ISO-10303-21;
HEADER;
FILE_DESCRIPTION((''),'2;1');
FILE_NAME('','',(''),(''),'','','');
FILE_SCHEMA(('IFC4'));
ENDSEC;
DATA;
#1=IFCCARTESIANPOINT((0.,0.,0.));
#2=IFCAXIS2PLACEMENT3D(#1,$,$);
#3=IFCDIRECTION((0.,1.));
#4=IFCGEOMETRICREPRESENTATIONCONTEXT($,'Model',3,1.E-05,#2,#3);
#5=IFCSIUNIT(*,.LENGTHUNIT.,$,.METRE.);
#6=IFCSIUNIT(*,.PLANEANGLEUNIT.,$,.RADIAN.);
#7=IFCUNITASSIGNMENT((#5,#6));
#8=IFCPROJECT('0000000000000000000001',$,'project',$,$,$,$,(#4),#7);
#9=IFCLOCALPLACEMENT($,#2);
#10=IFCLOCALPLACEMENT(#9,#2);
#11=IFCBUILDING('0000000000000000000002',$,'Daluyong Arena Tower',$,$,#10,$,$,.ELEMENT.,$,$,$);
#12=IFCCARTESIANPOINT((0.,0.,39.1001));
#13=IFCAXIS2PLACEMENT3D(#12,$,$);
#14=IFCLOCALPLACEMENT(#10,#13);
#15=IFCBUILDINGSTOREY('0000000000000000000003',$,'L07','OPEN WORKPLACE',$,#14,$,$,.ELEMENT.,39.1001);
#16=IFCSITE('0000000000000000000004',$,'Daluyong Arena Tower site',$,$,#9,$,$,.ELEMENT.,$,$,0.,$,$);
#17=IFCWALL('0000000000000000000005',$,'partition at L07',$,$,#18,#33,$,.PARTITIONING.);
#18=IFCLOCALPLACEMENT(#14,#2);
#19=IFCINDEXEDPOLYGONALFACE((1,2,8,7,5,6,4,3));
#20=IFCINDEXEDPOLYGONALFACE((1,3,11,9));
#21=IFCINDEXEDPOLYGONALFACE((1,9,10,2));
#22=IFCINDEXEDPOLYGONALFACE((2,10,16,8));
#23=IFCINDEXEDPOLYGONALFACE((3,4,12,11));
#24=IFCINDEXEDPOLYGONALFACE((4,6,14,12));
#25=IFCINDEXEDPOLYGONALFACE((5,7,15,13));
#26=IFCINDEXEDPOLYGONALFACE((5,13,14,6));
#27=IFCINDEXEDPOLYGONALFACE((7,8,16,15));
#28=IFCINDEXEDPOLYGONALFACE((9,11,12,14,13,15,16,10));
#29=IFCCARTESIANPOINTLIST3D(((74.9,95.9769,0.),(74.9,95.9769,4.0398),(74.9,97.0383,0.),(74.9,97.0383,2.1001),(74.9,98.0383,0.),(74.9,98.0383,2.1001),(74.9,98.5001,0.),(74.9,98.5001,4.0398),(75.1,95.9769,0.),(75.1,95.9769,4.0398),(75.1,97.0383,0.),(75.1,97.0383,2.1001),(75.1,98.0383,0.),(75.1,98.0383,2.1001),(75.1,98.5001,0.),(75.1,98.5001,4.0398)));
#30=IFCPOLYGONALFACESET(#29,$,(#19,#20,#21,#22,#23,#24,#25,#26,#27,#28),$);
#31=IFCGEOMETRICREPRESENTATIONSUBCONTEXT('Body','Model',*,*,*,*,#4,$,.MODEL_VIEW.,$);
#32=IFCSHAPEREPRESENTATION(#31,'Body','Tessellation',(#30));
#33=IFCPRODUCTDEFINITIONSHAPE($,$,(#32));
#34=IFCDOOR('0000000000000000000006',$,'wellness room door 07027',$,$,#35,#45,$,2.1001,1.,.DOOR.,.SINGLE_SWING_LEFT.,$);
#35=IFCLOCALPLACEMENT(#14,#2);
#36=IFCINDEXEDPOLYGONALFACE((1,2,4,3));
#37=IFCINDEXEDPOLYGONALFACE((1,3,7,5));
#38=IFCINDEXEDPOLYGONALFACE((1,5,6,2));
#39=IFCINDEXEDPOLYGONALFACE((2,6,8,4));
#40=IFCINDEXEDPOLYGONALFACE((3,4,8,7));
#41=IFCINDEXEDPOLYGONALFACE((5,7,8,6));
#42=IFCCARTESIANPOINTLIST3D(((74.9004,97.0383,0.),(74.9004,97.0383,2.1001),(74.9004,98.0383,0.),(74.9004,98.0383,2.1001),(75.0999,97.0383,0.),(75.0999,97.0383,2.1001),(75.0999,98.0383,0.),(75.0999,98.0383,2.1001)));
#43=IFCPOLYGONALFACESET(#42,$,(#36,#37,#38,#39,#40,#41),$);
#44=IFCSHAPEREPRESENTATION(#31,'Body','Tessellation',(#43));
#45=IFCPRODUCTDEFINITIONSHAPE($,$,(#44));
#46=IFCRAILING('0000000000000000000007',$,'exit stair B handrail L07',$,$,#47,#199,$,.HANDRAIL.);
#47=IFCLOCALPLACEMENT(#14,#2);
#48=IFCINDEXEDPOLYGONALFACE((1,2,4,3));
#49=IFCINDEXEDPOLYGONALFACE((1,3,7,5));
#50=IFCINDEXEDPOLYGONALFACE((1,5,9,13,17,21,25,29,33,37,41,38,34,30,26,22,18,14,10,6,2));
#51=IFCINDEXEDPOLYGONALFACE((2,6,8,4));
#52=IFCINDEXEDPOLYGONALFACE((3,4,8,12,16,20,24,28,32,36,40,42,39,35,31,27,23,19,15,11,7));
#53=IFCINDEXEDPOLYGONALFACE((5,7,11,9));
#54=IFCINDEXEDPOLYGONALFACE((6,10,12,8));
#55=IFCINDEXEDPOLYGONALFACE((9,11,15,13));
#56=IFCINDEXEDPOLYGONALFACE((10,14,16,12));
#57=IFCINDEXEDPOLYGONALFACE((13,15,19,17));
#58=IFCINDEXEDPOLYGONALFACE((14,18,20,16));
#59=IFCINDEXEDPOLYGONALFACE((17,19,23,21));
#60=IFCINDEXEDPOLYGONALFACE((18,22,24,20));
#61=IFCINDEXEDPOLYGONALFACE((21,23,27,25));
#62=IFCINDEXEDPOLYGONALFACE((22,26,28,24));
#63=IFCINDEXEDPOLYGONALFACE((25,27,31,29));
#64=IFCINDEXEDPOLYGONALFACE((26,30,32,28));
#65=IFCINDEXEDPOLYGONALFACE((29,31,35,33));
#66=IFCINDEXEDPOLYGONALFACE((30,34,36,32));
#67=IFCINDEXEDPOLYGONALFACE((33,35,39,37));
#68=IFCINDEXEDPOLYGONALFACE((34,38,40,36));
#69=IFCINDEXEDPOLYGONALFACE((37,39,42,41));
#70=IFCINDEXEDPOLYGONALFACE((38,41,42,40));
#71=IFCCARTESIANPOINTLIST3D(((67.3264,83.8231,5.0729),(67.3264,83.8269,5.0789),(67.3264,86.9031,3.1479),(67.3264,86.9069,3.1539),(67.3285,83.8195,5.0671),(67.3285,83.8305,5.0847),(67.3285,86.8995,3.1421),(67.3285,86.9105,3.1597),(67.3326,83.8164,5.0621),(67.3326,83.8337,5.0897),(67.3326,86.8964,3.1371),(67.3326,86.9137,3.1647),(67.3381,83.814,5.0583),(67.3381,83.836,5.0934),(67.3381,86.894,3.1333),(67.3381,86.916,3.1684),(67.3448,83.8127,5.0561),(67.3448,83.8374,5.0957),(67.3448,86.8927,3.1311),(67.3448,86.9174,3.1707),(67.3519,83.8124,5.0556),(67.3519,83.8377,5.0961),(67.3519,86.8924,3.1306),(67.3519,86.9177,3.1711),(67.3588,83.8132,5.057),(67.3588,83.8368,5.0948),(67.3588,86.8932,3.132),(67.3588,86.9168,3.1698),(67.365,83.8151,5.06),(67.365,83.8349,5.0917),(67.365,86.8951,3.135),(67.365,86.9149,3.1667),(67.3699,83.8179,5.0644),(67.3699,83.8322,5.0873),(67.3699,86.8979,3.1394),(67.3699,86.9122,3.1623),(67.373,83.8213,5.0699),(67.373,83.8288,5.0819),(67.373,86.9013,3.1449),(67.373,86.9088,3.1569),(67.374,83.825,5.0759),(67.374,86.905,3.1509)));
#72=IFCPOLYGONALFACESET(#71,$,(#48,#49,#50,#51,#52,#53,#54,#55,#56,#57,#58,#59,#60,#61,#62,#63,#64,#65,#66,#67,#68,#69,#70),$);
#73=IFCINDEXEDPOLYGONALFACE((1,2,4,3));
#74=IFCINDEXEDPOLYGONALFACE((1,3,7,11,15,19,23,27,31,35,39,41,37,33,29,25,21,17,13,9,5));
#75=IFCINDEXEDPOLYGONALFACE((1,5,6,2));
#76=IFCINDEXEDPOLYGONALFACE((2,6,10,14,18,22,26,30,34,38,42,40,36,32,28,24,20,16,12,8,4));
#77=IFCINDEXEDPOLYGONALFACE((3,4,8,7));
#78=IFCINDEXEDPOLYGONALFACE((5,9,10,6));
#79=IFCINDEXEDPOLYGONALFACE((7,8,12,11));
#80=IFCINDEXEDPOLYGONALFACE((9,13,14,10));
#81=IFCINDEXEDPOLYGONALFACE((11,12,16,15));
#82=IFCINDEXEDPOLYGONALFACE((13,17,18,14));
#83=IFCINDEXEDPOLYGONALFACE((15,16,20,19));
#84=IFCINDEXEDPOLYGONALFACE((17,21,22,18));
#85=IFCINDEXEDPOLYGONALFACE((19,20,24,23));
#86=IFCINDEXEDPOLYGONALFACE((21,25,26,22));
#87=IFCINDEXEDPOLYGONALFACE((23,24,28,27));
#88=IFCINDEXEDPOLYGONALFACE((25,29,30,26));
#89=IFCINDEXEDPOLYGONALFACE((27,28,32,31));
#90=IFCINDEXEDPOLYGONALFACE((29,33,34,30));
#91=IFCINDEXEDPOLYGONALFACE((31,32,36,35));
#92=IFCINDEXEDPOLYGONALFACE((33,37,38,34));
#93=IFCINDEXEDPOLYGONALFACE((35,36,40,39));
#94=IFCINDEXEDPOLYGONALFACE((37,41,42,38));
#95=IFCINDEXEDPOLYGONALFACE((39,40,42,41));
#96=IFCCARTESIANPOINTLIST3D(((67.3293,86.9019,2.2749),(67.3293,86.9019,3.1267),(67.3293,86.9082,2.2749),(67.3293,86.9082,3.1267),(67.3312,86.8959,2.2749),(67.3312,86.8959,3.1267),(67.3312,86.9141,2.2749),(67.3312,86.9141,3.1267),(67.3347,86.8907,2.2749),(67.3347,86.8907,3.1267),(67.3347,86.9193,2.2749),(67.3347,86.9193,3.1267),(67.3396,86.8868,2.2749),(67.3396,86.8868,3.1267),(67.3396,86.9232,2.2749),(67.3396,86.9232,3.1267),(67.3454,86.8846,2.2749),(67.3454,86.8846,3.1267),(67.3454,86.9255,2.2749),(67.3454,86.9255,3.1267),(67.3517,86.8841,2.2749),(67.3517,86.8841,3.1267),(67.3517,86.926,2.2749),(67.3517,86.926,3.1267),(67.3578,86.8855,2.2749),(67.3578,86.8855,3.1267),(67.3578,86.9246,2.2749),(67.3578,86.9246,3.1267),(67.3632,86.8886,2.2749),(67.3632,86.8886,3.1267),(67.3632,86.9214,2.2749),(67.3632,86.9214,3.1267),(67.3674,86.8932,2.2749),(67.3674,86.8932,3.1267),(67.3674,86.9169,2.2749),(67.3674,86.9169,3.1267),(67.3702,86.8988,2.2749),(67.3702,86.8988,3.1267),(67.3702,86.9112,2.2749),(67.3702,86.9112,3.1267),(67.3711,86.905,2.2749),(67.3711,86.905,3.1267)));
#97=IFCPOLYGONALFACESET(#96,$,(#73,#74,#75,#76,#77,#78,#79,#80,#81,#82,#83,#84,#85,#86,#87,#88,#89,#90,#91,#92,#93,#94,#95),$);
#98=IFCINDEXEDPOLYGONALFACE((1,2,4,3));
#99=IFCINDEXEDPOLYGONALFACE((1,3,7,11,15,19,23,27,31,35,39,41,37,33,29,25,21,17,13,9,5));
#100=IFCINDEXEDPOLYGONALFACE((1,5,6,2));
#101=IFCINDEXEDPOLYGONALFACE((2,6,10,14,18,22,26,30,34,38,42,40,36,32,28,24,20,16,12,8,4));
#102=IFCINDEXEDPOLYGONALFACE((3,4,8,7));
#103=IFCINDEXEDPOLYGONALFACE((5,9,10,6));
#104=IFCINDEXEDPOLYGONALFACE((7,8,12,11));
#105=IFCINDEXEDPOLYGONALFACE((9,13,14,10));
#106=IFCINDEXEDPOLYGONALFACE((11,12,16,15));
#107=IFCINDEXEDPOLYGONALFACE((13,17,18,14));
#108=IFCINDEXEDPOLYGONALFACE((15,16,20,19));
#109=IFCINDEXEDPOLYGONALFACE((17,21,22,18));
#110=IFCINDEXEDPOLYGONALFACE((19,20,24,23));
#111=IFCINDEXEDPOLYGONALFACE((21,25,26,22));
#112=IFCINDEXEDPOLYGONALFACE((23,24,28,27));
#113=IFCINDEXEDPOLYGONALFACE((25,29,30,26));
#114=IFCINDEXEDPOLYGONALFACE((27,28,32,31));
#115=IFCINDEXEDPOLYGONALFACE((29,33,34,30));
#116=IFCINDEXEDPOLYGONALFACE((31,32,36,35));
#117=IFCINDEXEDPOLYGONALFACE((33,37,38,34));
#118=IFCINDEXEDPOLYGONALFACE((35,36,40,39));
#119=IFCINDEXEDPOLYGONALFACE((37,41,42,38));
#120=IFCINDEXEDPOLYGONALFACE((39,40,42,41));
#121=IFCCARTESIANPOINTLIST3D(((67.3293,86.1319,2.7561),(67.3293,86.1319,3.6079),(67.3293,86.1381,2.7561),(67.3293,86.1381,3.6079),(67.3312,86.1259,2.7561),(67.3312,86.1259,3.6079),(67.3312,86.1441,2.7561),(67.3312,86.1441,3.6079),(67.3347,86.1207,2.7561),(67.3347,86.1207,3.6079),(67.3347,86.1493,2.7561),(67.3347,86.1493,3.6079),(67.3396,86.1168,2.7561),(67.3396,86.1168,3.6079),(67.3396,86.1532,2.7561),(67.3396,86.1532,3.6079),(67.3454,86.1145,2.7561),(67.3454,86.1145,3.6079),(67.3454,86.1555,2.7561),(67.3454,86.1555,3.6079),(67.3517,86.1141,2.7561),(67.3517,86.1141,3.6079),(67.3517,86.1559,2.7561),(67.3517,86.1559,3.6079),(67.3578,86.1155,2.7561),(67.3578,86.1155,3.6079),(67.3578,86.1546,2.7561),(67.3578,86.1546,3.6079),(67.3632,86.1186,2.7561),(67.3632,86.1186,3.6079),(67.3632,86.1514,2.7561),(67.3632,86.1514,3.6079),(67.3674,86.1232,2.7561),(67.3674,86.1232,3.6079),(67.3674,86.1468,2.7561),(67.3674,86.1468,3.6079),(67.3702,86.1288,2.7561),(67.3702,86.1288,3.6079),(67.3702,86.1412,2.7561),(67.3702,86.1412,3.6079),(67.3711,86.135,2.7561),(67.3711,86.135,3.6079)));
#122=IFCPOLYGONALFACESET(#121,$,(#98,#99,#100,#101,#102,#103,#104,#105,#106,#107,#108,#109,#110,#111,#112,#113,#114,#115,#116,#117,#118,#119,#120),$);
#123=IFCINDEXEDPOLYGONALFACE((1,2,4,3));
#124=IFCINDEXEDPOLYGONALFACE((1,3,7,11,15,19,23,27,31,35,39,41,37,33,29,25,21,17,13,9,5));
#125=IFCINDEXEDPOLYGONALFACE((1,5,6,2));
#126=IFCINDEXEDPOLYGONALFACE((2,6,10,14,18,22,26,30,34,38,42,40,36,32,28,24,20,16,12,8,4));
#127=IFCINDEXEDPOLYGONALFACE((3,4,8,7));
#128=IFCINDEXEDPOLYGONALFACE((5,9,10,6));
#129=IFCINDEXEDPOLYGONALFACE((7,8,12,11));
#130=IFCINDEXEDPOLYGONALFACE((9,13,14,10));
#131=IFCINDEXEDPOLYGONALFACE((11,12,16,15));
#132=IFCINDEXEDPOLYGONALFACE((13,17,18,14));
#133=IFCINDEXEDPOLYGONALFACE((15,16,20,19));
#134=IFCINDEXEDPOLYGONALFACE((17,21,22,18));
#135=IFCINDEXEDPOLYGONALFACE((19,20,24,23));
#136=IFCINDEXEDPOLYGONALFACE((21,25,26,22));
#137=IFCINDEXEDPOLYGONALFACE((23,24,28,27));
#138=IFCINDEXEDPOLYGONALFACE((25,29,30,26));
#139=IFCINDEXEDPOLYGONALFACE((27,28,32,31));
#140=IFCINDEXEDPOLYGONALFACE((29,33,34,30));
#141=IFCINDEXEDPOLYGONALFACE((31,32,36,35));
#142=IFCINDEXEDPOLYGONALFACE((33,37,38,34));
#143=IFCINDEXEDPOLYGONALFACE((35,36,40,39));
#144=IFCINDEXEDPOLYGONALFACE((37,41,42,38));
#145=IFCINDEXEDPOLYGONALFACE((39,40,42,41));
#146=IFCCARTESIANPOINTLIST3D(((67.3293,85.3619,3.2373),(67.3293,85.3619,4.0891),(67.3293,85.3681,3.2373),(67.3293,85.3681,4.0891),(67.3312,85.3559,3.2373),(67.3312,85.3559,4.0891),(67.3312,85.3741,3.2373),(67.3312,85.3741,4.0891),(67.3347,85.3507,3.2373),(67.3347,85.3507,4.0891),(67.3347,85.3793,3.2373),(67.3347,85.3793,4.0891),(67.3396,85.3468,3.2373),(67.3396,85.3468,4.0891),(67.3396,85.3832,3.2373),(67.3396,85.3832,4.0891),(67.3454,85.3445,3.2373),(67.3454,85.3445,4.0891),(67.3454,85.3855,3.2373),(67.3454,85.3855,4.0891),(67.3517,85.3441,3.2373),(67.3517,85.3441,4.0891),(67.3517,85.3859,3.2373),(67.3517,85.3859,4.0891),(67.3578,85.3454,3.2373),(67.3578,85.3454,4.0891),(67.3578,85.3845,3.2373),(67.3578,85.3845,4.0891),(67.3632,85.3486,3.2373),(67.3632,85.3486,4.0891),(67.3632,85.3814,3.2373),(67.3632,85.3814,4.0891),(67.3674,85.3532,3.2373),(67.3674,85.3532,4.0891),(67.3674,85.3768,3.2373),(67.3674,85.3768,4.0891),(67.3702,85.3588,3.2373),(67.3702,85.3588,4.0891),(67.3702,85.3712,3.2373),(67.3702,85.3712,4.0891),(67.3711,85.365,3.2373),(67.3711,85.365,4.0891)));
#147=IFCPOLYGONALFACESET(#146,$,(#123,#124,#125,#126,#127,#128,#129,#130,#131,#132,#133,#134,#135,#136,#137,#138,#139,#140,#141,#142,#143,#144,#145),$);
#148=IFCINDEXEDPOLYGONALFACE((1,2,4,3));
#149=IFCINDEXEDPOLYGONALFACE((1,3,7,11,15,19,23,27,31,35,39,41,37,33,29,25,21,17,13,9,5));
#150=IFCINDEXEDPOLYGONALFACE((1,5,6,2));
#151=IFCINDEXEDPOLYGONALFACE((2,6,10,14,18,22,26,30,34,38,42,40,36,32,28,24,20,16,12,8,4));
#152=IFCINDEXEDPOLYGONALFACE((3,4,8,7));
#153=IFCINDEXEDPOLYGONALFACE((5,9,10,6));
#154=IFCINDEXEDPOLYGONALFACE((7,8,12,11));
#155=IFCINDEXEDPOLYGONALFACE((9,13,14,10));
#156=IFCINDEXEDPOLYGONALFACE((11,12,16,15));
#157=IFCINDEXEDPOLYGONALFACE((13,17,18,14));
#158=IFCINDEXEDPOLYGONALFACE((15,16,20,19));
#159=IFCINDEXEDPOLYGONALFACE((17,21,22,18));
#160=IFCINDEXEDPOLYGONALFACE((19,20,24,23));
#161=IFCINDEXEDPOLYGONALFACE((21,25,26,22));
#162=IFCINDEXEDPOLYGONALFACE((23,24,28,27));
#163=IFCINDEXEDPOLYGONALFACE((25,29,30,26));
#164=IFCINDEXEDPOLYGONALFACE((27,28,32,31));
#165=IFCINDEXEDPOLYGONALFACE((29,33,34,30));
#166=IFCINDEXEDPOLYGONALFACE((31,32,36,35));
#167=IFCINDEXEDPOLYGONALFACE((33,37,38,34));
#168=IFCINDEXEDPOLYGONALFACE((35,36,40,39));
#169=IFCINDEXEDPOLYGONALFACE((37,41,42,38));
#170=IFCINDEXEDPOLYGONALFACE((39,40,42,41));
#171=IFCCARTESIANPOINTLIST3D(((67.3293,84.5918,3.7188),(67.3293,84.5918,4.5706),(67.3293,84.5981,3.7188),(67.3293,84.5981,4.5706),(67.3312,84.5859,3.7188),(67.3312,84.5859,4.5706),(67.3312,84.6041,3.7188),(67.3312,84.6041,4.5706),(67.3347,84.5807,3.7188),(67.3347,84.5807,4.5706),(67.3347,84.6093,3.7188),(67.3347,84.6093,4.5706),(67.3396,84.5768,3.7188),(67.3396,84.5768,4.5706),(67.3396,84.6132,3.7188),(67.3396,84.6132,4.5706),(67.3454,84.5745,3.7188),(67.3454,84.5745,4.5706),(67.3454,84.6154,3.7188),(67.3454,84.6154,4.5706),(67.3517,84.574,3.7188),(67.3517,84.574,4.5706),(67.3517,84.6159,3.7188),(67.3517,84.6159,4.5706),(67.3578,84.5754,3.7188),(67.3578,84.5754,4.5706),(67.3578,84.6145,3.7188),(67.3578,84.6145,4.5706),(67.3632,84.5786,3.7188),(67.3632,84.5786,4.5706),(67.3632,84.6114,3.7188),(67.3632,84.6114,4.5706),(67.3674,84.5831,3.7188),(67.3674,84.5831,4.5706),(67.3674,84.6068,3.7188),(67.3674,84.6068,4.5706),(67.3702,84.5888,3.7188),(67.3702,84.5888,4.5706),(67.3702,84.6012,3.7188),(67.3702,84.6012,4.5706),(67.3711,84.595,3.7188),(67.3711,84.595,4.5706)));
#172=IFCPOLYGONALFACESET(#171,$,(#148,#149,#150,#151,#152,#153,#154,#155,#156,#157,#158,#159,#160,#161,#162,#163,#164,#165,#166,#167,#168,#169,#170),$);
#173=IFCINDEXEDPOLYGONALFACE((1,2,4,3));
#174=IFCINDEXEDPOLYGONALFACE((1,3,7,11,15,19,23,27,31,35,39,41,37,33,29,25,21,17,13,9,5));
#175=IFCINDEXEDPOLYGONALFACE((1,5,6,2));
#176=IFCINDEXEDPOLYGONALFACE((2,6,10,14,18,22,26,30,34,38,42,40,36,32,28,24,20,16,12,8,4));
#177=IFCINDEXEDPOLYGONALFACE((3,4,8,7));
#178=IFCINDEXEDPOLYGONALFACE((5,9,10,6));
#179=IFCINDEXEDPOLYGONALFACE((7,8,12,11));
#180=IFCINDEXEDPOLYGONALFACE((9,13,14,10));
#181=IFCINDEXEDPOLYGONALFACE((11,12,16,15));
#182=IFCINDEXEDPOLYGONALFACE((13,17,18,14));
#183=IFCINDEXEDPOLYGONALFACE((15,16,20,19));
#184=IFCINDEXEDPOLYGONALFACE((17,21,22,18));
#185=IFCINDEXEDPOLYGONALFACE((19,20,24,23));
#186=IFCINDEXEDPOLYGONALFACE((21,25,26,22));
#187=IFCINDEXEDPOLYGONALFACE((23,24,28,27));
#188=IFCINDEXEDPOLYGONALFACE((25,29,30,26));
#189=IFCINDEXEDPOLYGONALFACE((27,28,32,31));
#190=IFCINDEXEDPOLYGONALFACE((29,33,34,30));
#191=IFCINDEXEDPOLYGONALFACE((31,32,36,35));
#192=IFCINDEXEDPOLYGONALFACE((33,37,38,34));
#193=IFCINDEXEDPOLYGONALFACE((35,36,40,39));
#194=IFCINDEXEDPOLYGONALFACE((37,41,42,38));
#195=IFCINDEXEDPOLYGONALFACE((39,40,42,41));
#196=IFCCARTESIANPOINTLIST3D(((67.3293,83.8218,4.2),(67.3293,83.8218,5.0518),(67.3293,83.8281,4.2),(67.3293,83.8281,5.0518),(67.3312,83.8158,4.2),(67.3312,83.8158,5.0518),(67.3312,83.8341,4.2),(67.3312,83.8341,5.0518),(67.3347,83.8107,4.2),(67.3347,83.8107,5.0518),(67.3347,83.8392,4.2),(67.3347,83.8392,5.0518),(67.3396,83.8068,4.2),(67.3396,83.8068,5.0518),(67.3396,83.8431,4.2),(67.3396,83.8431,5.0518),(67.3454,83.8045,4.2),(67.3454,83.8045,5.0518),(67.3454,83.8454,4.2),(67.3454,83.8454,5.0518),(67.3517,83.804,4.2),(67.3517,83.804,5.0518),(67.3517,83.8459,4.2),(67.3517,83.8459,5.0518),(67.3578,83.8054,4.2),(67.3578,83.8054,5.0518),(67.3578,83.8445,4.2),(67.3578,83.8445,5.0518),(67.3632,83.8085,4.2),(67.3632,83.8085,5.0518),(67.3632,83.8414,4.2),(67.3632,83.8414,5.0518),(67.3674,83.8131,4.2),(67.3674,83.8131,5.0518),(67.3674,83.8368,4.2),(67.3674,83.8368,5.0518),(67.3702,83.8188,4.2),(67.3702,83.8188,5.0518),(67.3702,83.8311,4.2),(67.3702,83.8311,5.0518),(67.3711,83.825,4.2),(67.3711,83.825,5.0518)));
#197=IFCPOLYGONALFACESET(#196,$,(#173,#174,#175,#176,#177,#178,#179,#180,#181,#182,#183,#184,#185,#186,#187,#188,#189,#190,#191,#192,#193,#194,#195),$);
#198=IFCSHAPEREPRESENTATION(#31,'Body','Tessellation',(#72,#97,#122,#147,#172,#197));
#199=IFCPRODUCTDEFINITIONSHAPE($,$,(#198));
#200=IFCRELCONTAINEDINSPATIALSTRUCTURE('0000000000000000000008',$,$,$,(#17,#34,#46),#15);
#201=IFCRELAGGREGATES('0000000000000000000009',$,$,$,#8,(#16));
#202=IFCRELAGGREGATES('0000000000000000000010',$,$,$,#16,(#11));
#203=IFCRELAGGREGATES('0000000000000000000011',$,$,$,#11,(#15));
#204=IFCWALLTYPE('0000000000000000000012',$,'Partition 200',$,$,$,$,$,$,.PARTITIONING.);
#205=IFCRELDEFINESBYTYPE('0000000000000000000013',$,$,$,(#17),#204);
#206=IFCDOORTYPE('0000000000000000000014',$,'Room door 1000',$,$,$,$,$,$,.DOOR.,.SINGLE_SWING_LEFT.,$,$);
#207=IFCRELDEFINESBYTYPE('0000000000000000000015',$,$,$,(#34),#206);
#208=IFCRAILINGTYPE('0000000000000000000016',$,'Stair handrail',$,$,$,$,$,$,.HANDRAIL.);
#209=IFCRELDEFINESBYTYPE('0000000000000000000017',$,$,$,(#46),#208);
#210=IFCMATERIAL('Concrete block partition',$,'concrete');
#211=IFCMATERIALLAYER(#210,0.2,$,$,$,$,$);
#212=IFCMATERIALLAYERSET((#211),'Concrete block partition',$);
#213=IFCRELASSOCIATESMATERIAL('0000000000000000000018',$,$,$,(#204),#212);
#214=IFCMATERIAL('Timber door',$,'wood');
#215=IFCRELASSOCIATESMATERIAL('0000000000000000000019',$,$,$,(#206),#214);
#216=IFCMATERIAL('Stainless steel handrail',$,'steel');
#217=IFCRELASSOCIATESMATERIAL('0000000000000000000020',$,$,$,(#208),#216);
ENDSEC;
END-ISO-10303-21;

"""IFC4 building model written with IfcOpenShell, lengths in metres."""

from ifc_helpers import new_model, si_unit, direction, frame, frame_2d, origin, origin_2d, place, context, subcontext, project, spatial, rectangle, circle, extrude, material, layer, layer_set, type_object, element, fill, save


model = new_model("IFC4")

# Units and contexts
model_context = context("Model", 3, precision=1e-05, world=origin(), true_north=direction((0.0, 1.0)))
body_context = subcontext(model_context, "Body", "Model", "MODEL_VIEW")
ifc_project = project(units=[si_unit("LENGTHUNIT", "METRE"), si_unit("PLANEANGLEUNIT", "RADIAN")], contexts=[model_context])

# Site, building, storey
site_placement = place(None, origin())
site = spatial("IfcSite", under=ifc_project, at=site_placement, Name="Daluyong Arena Tower site", CompositionType="ELEMENT", RefElevation=0.0)
building_placement = place(site_placement, origin())
building = spatial("IfcBuilding", under=site, at=building_placement, Name="Daluyong Arena Tower", CompositionType="ELEMENT")
storey_placement = place(building_placement, frame((0.0, 0.0, 39.1001)))
storey = spatial("IfcBuildingStorey", under=building, at=storey_placement, Name="L07", Description="OPEN WORKPLACE", CompositionType="ELEMENT", Elevation=39.1001)

# Shared definitions
ifc_material_1 = material(Name="Concrete block partition", Category="concrete")
ifc_layer_1 = layer(ifc_material_1, 0.2)
ifc_layer_set_1 = layer_set([ifc_layer_1], Name="Concrete block partition")
wall_type_1 = type_object("IfcWallType", Name="Partition 200", PredefinedType="PARTITIONING", material=ifc_layer_set_1)

# Wall, opening, door
wall_1_placement = place(storey_placement, frame((75.0, 95.9768, 0.0), z_axis=(0.0, 0.0, 1.0), x_axis=(0.0, 1.0, 0.0)))
wall_1 = element("IfcWall", 1, at=wall_1_placement, inside=storey, type_object=wall_type_1, Name="partition at L07", PredefinedType="PARTITIONING", context=body_context, shape_type="SweptSolid", body=[
    extrude(rectangle(XDim=2.5232, YDim=0.2, at=frame_2d((1.2617, 0.0))), origin(), (0.0, 0.0, 1.0), 4.0398),
])
opening_1_placement = place(wall_1_placement, frame((1.0615, 0.0, 0.0)))
opening_1 = element("IfcOpeningElement", 2, at=opening_1_placement, cuts=wall_1, PredefinedType="OPENING", context=body_context, shape_type="SweptSolid", body=[
    extrude(rectangle(XDim=1.0, YDim=2.1001, at=frame_2d((0.5, 1.05))), frame((0.0, 0.1099, 0.0), z_axis=(0.0, -1.0, 0.0), x_axis=(1.0, 0.0, 0.0)), (0.0, 0.0, 1.0), 0.22),
])
ifc_material_2 = material(Name="Timber door", Category="wood")
door_type_1 = type_object("IfcDoorType", Name="Room door 1000", OperationType="SINGLE_SWING_LEFT", PredefinedType="DOOR", material=ifc_material_2)
door_1_placement = place(opening_1_placement, origin())
door_1 = element("IfcDoor", 3, at=door_1_placement, inside=storey, type_object=door_type_1, Name="wellness room door 07027", OperationType="SINGLE_SWING_LEFT", OverallHeight=2.1001, OverallWidth=1.0, PredefinedType="DOOR", context=body_context, shape_type="SweptSolid", body=[
    extrude(rectangle(XDim=1.0, YDim=2.1001, at=frame_2d((0.5, 1.05))), frame((0.0, 0.0996, 0.0), z_axis=(0.0, -1.0, 0.0), x_axis=(1.0, 0.0, 0.0)), (0.0, 0.0, 1.0), 0.1995),
])
fill(opening_1, door_1)

# Railing
ifc_material_3 = material(Name="Stainless steel handrail", Category="steel")
railing_type = type_object("IfcRailingType", Name="Stair handrail", PredefinedType="HANDRAIL", material=ifc_material_3)
railing_placement = place(storey_placement, frame((67.3501, 86.905, 2.2749)))
element("IfcRailing", 4, at=railing_placement, inside=storey, type_object=railing_type, Name="exit stair B handrail L07", PredefinedType="HANDRAIL", context=body_context, shape_type="SweptSolid", body=[
    extrude(circle(Radius=0.0239, at=origin_2d()), frame((0.0, 0.0, 0.876), z_axis=(0.0, -0.847998, 0.529999), x_axis=(1.0, 0.0, 0.0)), (0.0, 0.0, 1.0), 3.6321),
    extrude(circle(Radius=0.021, at=origin_2d()), origin(), (0.0, 0.0, 1.0), 0.8518),
    extrude(circle(Radius=0.021, at=origin_2d()), frame((0.0, -0.77, 0.4812)), (0.0, 0.0, 1.0), 0.8518),
    extrude(circle(Radius=0.021, at=origin_2d()), frame((0.0, -1.54, 0.9624)), (0.0, 0.0, 1.0), 0.8518),
    extrude(circle(Radius=0.021, at=origin_2d()), frame((0.0, -2.3101, 1.4438)), (0.0, 0.0, 1.0), 0.8518),
    extrude(circle(Radius=0.021, at=origin_2d()), frame((0.0, -3.0801, 1.925)), (0.0, 0.0, 1.0), 0.8518),
])

save(model, "model.ifc")
